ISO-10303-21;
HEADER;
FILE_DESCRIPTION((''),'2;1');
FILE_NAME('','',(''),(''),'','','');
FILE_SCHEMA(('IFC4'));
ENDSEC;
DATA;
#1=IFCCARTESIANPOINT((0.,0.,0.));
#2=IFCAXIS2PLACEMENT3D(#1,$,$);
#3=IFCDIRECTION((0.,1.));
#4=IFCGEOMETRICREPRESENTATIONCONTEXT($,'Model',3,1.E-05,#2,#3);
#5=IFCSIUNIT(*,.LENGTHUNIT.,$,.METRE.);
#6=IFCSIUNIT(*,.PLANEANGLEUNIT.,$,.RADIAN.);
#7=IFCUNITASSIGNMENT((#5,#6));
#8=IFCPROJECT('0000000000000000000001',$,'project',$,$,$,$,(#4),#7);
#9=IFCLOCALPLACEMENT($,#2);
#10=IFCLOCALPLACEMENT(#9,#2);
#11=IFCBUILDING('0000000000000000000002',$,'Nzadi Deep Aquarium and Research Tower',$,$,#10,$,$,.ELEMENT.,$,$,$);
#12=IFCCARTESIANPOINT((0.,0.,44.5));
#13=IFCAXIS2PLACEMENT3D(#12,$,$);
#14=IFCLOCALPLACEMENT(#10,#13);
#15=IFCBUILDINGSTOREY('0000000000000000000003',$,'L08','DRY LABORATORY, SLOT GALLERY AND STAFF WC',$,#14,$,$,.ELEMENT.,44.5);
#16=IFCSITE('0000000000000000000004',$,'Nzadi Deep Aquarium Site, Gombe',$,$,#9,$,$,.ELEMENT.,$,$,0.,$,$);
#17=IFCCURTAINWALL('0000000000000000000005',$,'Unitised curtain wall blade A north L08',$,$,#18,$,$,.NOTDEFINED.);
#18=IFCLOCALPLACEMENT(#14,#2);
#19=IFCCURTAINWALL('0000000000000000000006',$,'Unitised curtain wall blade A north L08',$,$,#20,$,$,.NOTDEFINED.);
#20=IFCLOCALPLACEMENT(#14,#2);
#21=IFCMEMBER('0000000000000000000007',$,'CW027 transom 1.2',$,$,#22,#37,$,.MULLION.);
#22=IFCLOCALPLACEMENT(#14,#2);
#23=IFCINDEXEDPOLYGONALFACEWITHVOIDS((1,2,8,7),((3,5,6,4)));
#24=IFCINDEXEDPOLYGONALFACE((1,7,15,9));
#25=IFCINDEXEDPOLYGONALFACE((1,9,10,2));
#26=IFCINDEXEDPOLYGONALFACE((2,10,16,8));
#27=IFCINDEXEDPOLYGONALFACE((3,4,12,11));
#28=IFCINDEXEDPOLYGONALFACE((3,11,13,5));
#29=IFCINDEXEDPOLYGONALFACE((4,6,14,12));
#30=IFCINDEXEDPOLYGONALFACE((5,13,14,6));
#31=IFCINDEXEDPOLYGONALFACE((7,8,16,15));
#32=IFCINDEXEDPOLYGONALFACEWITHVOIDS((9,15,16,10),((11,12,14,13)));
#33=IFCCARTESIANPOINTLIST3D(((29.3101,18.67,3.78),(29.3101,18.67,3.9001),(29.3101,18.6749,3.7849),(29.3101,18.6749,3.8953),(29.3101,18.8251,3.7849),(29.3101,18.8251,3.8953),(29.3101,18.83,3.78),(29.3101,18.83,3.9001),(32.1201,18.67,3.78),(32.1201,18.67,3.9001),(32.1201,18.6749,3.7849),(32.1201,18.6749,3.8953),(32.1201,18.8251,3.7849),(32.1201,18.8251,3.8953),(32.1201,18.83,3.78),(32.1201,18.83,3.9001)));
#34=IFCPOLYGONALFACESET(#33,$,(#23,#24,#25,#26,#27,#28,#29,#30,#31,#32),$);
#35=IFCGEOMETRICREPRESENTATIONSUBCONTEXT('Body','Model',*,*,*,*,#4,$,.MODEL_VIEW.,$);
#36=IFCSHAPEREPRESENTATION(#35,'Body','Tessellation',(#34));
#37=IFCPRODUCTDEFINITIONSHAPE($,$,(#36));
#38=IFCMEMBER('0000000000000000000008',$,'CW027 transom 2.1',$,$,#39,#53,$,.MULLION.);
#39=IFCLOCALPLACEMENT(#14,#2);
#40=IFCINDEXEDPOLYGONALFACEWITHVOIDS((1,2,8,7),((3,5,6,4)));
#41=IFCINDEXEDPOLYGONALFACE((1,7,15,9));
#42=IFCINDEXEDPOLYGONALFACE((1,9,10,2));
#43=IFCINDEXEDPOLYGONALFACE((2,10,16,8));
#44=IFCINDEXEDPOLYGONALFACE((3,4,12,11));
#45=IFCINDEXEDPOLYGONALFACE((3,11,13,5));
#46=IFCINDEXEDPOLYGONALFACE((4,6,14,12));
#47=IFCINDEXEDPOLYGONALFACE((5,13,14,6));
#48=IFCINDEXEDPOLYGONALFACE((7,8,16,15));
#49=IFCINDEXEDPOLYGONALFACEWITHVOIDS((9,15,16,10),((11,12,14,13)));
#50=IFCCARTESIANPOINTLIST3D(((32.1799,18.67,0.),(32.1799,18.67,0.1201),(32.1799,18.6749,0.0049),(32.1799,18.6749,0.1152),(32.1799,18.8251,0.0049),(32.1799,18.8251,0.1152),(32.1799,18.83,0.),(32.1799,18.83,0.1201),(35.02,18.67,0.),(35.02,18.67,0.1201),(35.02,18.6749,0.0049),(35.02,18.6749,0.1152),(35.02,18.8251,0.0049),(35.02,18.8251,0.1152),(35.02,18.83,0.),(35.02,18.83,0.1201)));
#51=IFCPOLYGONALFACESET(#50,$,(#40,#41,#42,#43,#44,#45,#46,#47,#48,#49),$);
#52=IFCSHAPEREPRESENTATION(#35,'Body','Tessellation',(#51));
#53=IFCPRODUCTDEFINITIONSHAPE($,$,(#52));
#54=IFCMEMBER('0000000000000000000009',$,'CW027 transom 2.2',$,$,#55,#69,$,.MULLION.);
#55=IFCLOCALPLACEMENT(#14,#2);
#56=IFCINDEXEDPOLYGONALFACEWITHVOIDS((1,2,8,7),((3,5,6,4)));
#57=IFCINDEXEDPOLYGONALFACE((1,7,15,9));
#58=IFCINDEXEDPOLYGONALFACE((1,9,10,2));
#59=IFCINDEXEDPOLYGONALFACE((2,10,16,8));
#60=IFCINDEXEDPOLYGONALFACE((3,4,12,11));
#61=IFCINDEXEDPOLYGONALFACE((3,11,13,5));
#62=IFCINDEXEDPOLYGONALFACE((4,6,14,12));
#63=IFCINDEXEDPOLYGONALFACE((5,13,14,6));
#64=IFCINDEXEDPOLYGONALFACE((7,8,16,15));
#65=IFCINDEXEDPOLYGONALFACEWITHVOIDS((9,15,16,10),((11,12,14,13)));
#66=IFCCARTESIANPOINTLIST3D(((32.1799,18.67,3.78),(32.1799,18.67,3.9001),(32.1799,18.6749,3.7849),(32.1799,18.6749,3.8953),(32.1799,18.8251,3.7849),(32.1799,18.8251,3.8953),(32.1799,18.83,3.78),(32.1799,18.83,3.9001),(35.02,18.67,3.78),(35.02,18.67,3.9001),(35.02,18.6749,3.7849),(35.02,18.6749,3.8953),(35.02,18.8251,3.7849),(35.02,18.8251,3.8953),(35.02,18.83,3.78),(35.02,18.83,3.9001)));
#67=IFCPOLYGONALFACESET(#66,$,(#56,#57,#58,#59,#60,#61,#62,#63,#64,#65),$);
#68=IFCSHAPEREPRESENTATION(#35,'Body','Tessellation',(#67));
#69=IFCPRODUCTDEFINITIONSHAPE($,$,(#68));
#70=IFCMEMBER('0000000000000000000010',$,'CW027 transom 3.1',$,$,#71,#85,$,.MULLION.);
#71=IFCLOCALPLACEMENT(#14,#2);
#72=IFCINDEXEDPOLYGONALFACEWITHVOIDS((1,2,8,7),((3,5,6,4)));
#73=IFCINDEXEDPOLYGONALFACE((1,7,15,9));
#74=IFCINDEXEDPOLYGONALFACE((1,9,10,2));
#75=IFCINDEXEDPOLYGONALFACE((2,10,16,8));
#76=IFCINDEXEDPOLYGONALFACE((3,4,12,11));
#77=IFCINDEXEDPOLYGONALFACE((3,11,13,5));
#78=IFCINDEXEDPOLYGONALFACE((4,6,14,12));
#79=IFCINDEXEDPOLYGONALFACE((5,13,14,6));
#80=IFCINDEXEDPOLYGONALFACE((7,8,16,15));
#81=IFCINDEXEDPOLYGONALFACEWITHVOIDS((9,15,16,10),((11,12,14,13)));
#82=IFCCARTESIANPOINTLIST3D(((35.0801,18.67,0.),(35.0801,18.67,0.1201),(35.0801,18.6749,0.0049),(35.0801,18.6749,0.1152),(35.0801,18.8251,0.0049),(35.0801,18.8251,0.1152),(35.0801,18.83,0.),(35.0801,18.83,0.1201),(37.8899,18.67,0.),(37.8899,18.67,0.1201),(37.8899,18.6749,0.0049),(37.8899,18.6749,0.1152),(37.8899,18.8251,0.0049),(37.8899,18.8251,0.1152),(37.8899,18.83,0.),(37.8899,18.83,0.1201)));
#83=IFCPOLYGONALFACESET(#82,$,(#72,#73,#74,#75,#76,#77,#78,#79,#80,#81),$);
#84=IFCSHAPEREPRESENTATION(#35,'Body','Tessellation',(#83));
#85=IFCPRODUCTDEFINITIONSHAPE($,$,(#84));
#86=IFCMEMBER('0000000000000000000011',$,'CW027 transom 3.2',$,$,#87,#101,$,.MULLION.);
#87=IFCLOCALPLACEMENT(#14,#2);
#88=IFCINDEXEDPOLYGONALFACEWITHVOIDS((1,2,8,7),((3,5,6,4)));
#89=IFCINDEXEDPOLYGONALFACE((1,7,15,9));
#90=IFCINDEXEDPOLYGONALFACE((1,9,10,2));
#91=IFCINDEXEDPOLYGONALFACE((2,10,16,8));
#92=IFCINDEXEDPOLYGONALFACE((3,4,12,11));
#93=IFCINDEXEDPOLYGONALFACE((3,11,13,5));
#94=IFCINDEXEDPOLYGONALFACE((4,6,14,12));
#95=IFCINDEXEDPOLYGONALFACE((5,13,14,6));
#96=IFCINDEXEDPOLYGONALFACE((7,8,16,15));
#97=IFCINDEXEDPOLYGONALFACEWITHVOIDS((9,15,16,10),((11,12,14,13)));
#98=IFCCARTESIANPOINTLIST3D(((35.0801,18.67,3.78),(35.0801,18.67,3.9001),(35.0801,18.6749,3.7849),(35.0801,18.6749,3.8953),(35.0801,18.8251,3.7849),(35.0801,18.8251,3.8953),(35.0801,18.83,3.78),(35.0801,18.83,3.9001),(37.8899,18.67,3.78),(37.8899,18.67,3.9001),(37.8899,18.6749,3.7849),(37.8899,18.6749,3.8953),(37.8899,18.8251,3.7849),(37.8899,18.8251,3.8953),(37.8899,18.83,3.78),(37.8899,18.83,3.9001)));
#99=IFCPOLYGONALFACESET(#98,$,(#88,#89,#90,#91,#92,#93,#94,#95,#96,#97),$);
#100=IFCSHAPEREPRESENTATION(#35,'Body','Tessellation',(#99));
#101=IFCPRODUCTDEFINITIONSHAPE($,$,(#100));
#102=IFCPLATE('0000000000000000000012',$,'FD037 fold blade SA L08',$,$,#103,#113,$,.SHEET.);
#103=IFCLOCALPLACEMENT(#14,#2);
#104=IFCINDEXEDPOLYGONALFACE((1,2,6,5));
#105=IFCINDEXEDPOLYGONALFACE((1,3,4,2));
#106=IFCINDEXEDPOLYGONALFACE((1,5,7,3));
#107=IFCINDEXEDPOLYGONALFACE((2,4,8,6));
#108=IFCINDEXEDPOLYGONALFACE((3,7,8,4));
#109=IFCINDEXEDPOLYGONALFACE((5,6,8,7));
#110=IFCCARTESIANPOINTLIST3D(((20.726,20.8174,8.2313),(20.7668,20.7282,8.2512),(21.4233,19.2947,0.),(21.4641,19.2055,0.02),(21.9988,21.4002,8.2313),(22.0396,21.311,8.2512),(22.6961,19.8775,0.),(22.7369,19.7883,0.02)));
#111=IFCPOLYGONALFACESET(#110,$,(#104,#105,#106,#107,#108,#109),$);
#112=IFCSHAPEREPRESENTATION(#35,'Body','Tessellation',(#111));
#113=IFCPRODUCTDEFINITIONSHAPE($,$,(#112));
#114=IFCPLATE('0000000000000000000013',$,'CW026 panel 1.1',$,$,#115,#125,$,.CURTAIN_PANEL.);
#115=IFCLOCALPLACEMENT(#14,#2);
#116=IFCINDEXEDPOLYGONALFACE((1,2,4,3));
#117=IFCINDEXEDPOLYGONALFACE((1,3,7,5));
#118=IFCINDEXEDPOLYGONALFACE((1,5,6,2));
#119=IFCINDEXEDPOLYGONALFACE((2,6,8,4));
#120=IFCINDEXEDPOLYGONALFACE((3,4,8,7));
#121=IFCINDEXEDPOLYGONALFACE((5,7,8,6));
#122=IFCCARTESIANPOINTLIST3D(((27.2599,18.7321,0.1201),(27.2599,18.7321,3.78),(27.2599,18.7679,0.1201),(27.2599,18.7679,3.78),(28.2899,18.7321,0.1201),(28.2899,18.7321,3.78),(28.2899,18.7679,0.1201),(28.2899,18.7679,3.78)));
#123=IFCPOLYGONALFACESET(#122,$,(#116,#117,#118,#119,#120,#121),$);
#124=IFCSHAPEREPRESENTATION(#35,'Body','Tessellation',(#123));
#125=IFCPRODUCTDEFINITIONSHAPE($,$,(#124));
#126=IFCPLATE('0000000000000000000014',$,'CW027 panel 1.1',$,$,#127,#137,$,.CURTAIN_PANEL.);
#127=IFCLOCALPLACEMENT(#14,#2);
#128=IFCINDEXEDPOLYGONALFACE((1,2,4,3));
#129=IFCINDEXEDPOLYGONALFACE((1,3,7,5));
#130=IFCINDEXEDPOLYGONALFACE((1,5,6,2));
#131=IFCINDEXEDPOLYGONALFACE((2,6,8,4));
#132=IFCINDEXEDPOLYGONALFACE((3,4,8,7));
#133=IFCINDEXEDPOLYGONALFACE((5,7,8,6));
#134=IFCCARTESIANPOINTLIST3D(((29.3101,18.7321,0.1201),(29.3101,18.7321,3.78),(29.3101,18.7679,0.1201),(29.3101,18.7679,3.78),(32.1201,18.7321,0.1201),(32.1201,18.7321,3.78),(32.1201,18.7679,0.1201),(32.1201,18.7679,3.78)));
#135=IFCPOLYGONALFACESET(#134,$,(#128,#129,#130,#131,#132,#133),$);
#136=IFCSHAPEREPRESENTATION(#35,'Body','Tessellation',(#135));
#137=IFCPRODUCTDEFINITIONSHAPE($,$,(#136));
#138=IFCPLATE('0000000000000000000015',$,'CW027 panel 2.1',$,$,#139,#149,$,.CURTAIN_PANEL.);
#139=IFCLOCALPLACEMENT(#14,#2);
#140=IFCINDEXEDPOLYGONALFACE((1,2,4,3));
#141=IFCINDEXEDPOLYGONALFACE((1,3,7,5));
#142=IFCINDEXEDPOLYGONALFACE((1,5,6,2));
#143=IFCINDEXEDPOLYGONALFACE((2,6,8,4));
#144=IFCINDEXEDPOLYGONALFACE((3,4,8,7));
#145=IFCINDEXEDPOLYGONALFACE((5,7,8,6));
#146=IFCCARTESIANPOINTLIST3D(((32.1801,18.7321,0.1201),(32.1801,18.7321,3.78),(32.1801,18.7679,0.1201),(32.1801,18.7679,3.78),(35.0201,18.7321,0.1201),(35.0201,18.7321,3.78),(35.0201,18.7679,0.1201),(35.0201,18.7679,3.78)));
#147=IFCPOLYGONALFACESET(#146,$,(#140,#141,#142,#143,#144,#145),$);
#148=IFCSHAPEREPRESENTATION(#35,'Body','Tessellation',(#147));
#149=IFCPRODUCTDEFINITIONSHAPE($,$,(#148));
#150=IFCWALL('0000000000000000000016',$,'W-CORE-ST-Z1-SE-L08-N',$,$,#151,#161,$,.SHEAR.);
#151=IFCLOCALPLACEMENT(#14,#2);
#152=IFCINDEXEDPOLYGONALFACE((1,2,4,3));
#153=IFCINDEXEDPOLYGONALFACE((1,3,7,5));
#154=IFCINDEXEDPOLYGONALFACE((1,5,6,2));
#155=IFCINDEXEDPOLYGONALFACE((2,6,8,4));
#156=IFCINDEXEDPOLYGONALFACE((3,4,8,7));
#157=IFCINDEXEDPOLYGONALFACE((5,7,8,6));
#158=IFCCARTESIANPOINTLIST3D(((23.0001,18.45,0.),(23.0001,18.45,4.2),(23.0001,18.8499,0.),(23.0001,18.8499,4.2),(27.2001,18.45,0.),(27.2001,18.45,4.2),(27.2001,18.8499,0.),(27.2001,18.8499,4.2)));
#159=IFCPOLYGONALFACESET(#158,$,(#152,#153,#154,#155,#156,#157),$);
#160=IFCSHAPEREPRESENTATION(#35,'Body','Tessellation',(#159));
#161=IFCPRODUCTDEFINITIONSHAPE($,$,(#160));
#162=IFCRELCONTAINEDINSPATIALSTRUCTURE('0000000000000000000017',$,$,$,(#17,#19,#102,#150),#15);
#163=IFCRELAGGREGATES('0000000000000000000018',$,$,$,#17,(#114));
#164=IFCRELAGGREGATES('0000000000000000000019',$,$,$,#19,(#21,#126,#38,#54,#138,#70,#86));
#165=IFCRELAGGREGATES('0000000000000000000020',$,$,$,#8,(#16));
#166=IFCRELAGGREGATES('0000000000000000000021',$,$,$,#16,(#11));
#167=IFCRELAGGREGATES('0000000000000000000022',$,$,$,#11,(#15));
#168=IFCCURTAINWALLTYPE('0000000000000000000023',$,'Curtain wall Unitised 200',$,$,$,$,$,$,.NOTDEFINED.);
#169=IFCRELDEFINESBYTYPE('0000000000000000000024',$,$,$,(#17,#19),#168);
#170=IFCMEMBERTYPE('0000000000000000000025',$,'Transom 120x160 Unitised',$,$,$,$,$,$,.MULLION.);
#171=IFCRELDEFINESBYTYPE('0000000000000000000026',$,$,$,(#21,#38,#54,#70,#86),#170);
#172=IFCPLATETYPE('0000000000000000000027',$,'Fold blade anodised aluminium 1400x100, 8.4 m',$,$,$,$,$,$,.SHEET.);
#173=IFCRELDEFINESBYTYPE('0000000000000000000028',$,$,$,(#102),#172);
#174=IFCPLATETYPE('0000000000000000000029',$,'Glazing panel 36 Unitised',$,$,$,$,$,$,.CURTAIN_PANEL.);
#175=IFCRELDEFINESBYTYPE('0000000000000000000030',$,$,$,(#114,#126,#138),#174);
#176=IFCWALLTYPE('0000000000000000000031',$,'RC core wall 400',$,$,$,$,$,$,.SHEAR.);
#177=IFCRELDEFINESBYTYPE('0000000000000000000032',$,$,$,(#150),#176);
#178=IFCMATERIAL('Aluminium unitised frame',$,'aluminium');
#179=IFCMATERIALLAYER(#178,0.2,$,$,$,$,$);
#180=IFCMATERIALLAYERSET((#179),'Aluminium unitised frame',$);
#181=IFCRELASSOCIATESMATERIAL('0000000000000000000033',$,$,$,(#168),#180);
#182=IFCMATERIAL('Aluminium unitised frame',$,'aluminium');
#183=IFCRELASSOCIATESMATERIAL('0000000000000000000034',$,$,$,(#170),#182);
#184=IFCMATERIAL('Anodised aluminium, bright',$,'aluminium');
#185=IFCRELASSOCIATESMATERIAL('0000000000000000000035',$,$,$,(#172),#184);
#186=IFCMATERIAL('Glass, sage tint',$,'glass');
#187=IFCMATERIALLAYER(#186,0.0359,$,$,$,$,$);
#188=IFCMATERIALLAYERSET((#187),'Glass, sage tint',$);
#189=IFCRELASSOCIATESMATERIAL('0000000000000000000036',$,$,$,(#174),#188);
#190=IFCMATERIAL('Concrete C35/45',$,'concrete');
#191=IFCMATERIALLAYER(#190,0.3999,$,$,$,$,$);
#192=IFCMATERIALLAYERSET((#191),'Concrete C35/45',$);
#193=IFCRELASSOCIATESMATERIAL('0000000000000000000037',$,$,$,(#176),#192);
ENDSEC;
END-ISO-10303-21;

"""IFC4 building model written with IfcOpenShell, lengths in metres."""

from ifc_helpers import new_model, si_unit, direction, frame, frame_2d, origin, origin_2d, place, context, subcontext, project, spatial, rectangle, hollow_rectangle, extrude, material, layer, layer_set, material_profile, profile_set, type_object, element, aggregate, save


model = new_model("IFC4")

# Units and contexts
model_context = context("Model", 3, precision=1e-05, world=origin(), true_north=direction((0.0, 1.0)))
body_context = subcontext(model_context, "Body", "Model", "MODEL_VIEW")
ifc_project = project(units=[si_unit("LENGTHUNIT", "METRE"), si_unit("PLANEANGLEUNIT", "RADIAN")], contexts=[model_context])

# Site, building, storey
site_placement = place(None, origin())
site = spatial("IfcSite", under=ifc_project, at=site_placement, Name="Nzadi Deep Aquarium Site, Gombe", CompositionType="ELEMENT", RefElevation=0.0)
building_placement = place(site_placement, origin())
building = spatial("IfcBuilding", under=site, at=building_placement, Name="Nzadi Deep Aquarium and Research Tower", CompositionType="ELEMENT")
storey_placement = place(building_placement, frame((0.0, 0.0, 44.5)))
storey = spatial("IfcBuildingStorey", under=building, at=storey_placement, Name="L08", Description="DRY LABORATORY, SLOT GALLERY AND STAFF WC", CompositionType="ELEMENT", Elevation=44.5)

# Shared definitions
ifc_material_1 = material(Name="Aluminium unitised frame", Category="aluminium")
ifc_layer_1 = layer(ifc_material_1, 0.2)
ifc_layer_set_1 = layer_set([ifc_layer_1], Name="Aluminium unitised frame")
curtain_wall_type = type_object("IfcCurtainWallType", Name="Curtain wall Unitised 200", PredefinedType="NOTDEFINED", material=ifc_layer_set_1)

# Curtain walls
curtain_wall_1_placement = place(storey_placement, origin())
curtain_wall_1 = element("IfcCurtainWall", 1, at=curtain_wall_1_placement, inside=storey, type_object=curtain_wall_type, Name="Unitised curtain wall blade A north L08", PredefinedType="NOTDEFINED")
curtain_wall_2_placement = place(storey_placement, origin())
curtain_wall_2 = element("IfcCurtainWall", 2, at=curtain_wall_2_placement, inside=storey, type_object=curtain_wall_type, Name="Unitised curtain wall blade A north L08", PredefinedType="NOTDEFINED")

# Members
ifc_material_2 = material(Name="Aluminium unitised frame", Category="aluminium")
ifc_material_profile_1 = material_profile(ifc_material_2, hollow_rectangle(XDim=0.1599, YDim=0.1201, WallThickness=0.0049, at=origin_2d()))
ifc_profile_set_1 = profile_set([ifc_material_profile_1], Name="Aluminium unitised frame")
member_type_1 = type_object("IfcMemberType", Name="Transom 120x160 Unitised", PredefinedType="MULLION", material=ifc_profile_set_1)
member_1_placement = place(storey_placement, frame((29.3101, 18.75, 3.8401), z_axis=(1.0, 0.0, 0.0), x_axis=(0.0, 1.0, 0.0)))
member_1 = element("IfcMember", 3, at=member_1_placement, type_object=member_type_1, Name="CW027 transom 1.2", PredefinedType="MULLION", context=body_context, shape_type="SweptSolid", body=[
    extrude(hollow_rectangle(XDim=0.1599, YDim=0.1201, WallThickness=0.0049, at=origin_2d()), origin(), (0.0, 0.0, 1.0), 2.8101),
])
member_2_placement = place(storey_placement, frame((32.1799, 18.75, 0.0601), z_axis=(1.0, 0.0, 0.0), x_axis=(0.0, 1.0, 0.0)))
member_2 = element("IfcMember", 4, at=member_2_placement, type_object=member_type_1, Name="CW027 transom 2.1", PredefinedType="MULLION", context=body_context, shape_type="SweptSolid", body=[
    extrude(hollow_rectangle(XDim=0.1599, YDim=0.1201, WallThickness=0.0049, at=origin_2d()), origin(), (0.0, 0.0, 1.0), 2.8401),
])
member_3_placement = place(storey_placement, frame((32.1799, 18.75, 3.8401), z_axis=(1.0, 0.0, 0.0), x_axis=(0.0, 1.0, 0.0)))
member_3 = element("IfcMember", 5, at=member_3_placement, type_object=member_type_1, Name="CW027 transom 2.2", PredefinedType="MULLION", context=body_context, shape_type="SweptSolid", body=[
    extrude(hollow_rectangle(XDim=0.1599, YDim=0.1201, WallThickness=0.0049, at=origin_2d()), origin(), (0.0, 0.0, 1.0), 2.8401),
])
member_4_placement = place(storey_placement, frame((35.0801, 18.75, 0.0601), z_axis=(1.0, 0.0, 0.0), x_axis=(0.0, 1.0, 0.0)))
member_4 = element("IfcMember", 6, at=member_4_placement, type_object=member_type_1, Name="CW027 transom 3.1", PredefinedType="MULLION", context=body_context, shape_type="SweptSolid", body=[
    extrude(hollow_rectangle(XDim=0.1599, YDim=0.1201, WallThickness=0.0049, at=origin_2d()), origin(), (0.0, 0.0, 1.0), 2.8098),
])
member_5_placement = place(storey_placement, frame((35.0801, 18.75, 3.8401), z_axis=(1.0, 0.0, 0.0), x_axis=(0.0, 1.0, 0.0)))
member_5 = element("IfcMember", 7, at=member_5_placement, type_object=member_type_1, Name="CW027 transom 3.2", PredefinedType="MULLION", context=body_context, shape_type="SweptSolid", body=[
    extrude(hollow_rectangle(XDim=0.1599, YDim=0.1201, WallThickness=0.0049, at=origin_2d()), origin(), (0.0, 0.0, 1.0), 2.8098),
])

# Plates
ifc_material_3 = material(Name="Anodised aluminium, bright", Category="aluminium")
ifc_material_profile_2 = material_profile(ifc_material_3, rectangle(XDim=1.3999, YDim=0.1001, at=origin_2d()))
ifc_profile_set_2 = profile_set([ifc_material_profile_2], Name="Anodised aluminium, bright")
plate_type_1 = type_object("IfcPlateType", Name="Fold blade anodised aluminium 1400x100, 8.4 m", PredefinedType="SHEET", material=ifc_profile_set_2)
plate_1_placement = place(storey_placement, frame((22.0801, 19.5415, 0.01), z_axis=(-0.083009, 0.181278, 0.979922), x_axis=(-0.90921, -0.416338, 0.0)))
element("IfcPlate", 8, at=plate_1_placement, inside=storey, type_object=plate_type_1, Name="FD037 fold blade SA L08", PredefinedType="SHEET", context=body_context, shape_type="SweptSolid", body=[
    extrude(rectangle(XDim=1.3999, YDim=0.1001, at=origin_2d()), origin(), (0.0, 0.0, 1.0), 8.3999),
])
ifc_material_4 = material(Name="Glass, sage tint", Category="glass")
ifc_layer_2 = layer(ifc_material_4, 0.0359)
ifc_layer_set_2 = layer_set([ifc_layer_2], Name="Glass, sage tint")
plate_type_2 = type_object("IfcPlateType", Name="Glazing panel 36 Unitised", PredefinedType="CURTAIN_PANEL", material=ifc_layer_set_2)
plate_2_placement = place(storey_placement, frame((27.7749, 18.75, 0.1201), z_axis=(0.0, 0.0, 1.0), x_axis=(1.0, 0.0, 0.0)))
plate_2 = element("IfcPlate", 9, at=plate_2_placement, type_object=plate_type_2, Name="CW026 panel 1.1", PredefinedType="CURTAIN_PANEL", context=body_context, shape_type="SweptSolid", body=[
    extrude(rectangle(XDim=1.03, YDim=0.0359, at=origin_2d()), origin(), (0.0, 0.0, 1.0), 3.6599),
])
aggregate(curtain_wall_1, [plate_2])
plate_3_placement = place(storey_placement, frame((30.7151, 18.75, 0.1201), z_axis=(0.0, 0.0, 1.0), x_axis=(1.0, 0.0, 0.0)))
plate_3 = element("IfcPlate", 10, at=plate_3_placement, type_object=plate_type_2, Name="CW027 panel 1.1", PredefinedType="CURTAIN_PANEL", context=body_context, shape_type="SweptSolid", body=[
    extrude(rectangle(XDim=2.8101, YDim=0.0359, at=origin_2d()), origin(), (0.0, 0.0, 1.0), 3.6599),
])
plate_4_placement = place(storey_placement, frame((33.6001, 18.75, 0.1201), z_axis=(0.0, 0.0, 1.0), x_axis=(1.0, 0.0, 0.0)))
plate_4 = element("IfcPlate", 11, at=plate_4_placement, type_object=plate_type_2, Name="CW027 panel 2.1", PredefinedType="CURTAIN_PANEL", context=body_context, shape_type="SweptSolid", body=[
    extrude(rectangle(XDim=2.8401, YDim=0.0359, at=origin_2d()), origin(), (0.0, 0.0, 1.0), 3.6599),
])
aggregate(curtain_wall_2, [member_1, plate_3, member_2, member_3, plate_4, member_4, member_5])

# Wall
ifc_material_5 = material(Name="Concrete C35/45", Category="concrete")
ifc_layer_3 = layer(ifc_material_5, 0.3999)
ifc_layer_set_3 = layer_set([ifc_layer_3], Name="Concrete C35/45")
wall_type = type_object("IfcWallType", Name="RC core wall 400", PredefinedType="SHEAR", material=ifc_layer_set_3)
wall_placement = place(storey_placement, frame((23.0, 18.6499, 0.0), z_axis=(0.0, 0.0, 1.0), x_axis=(1.0, 0.0, 0.0)))
element("IfcWall", 12, at=wall_placement, inside=storey, type_object=wall_type, Name="W-CORE-ST-Z1-SE-L08-N", PredefinedType="SHEAR", context=body_context, shape_type="SweptSolid", body=[
    extrude(rectangle(XDim=4.2, YDim=0.3999, at=frame_2d((2.1001, 0.0))), origin(), (0.0, 0.0, 1.0), 4.2),
])

save(model, "model.ifc")
